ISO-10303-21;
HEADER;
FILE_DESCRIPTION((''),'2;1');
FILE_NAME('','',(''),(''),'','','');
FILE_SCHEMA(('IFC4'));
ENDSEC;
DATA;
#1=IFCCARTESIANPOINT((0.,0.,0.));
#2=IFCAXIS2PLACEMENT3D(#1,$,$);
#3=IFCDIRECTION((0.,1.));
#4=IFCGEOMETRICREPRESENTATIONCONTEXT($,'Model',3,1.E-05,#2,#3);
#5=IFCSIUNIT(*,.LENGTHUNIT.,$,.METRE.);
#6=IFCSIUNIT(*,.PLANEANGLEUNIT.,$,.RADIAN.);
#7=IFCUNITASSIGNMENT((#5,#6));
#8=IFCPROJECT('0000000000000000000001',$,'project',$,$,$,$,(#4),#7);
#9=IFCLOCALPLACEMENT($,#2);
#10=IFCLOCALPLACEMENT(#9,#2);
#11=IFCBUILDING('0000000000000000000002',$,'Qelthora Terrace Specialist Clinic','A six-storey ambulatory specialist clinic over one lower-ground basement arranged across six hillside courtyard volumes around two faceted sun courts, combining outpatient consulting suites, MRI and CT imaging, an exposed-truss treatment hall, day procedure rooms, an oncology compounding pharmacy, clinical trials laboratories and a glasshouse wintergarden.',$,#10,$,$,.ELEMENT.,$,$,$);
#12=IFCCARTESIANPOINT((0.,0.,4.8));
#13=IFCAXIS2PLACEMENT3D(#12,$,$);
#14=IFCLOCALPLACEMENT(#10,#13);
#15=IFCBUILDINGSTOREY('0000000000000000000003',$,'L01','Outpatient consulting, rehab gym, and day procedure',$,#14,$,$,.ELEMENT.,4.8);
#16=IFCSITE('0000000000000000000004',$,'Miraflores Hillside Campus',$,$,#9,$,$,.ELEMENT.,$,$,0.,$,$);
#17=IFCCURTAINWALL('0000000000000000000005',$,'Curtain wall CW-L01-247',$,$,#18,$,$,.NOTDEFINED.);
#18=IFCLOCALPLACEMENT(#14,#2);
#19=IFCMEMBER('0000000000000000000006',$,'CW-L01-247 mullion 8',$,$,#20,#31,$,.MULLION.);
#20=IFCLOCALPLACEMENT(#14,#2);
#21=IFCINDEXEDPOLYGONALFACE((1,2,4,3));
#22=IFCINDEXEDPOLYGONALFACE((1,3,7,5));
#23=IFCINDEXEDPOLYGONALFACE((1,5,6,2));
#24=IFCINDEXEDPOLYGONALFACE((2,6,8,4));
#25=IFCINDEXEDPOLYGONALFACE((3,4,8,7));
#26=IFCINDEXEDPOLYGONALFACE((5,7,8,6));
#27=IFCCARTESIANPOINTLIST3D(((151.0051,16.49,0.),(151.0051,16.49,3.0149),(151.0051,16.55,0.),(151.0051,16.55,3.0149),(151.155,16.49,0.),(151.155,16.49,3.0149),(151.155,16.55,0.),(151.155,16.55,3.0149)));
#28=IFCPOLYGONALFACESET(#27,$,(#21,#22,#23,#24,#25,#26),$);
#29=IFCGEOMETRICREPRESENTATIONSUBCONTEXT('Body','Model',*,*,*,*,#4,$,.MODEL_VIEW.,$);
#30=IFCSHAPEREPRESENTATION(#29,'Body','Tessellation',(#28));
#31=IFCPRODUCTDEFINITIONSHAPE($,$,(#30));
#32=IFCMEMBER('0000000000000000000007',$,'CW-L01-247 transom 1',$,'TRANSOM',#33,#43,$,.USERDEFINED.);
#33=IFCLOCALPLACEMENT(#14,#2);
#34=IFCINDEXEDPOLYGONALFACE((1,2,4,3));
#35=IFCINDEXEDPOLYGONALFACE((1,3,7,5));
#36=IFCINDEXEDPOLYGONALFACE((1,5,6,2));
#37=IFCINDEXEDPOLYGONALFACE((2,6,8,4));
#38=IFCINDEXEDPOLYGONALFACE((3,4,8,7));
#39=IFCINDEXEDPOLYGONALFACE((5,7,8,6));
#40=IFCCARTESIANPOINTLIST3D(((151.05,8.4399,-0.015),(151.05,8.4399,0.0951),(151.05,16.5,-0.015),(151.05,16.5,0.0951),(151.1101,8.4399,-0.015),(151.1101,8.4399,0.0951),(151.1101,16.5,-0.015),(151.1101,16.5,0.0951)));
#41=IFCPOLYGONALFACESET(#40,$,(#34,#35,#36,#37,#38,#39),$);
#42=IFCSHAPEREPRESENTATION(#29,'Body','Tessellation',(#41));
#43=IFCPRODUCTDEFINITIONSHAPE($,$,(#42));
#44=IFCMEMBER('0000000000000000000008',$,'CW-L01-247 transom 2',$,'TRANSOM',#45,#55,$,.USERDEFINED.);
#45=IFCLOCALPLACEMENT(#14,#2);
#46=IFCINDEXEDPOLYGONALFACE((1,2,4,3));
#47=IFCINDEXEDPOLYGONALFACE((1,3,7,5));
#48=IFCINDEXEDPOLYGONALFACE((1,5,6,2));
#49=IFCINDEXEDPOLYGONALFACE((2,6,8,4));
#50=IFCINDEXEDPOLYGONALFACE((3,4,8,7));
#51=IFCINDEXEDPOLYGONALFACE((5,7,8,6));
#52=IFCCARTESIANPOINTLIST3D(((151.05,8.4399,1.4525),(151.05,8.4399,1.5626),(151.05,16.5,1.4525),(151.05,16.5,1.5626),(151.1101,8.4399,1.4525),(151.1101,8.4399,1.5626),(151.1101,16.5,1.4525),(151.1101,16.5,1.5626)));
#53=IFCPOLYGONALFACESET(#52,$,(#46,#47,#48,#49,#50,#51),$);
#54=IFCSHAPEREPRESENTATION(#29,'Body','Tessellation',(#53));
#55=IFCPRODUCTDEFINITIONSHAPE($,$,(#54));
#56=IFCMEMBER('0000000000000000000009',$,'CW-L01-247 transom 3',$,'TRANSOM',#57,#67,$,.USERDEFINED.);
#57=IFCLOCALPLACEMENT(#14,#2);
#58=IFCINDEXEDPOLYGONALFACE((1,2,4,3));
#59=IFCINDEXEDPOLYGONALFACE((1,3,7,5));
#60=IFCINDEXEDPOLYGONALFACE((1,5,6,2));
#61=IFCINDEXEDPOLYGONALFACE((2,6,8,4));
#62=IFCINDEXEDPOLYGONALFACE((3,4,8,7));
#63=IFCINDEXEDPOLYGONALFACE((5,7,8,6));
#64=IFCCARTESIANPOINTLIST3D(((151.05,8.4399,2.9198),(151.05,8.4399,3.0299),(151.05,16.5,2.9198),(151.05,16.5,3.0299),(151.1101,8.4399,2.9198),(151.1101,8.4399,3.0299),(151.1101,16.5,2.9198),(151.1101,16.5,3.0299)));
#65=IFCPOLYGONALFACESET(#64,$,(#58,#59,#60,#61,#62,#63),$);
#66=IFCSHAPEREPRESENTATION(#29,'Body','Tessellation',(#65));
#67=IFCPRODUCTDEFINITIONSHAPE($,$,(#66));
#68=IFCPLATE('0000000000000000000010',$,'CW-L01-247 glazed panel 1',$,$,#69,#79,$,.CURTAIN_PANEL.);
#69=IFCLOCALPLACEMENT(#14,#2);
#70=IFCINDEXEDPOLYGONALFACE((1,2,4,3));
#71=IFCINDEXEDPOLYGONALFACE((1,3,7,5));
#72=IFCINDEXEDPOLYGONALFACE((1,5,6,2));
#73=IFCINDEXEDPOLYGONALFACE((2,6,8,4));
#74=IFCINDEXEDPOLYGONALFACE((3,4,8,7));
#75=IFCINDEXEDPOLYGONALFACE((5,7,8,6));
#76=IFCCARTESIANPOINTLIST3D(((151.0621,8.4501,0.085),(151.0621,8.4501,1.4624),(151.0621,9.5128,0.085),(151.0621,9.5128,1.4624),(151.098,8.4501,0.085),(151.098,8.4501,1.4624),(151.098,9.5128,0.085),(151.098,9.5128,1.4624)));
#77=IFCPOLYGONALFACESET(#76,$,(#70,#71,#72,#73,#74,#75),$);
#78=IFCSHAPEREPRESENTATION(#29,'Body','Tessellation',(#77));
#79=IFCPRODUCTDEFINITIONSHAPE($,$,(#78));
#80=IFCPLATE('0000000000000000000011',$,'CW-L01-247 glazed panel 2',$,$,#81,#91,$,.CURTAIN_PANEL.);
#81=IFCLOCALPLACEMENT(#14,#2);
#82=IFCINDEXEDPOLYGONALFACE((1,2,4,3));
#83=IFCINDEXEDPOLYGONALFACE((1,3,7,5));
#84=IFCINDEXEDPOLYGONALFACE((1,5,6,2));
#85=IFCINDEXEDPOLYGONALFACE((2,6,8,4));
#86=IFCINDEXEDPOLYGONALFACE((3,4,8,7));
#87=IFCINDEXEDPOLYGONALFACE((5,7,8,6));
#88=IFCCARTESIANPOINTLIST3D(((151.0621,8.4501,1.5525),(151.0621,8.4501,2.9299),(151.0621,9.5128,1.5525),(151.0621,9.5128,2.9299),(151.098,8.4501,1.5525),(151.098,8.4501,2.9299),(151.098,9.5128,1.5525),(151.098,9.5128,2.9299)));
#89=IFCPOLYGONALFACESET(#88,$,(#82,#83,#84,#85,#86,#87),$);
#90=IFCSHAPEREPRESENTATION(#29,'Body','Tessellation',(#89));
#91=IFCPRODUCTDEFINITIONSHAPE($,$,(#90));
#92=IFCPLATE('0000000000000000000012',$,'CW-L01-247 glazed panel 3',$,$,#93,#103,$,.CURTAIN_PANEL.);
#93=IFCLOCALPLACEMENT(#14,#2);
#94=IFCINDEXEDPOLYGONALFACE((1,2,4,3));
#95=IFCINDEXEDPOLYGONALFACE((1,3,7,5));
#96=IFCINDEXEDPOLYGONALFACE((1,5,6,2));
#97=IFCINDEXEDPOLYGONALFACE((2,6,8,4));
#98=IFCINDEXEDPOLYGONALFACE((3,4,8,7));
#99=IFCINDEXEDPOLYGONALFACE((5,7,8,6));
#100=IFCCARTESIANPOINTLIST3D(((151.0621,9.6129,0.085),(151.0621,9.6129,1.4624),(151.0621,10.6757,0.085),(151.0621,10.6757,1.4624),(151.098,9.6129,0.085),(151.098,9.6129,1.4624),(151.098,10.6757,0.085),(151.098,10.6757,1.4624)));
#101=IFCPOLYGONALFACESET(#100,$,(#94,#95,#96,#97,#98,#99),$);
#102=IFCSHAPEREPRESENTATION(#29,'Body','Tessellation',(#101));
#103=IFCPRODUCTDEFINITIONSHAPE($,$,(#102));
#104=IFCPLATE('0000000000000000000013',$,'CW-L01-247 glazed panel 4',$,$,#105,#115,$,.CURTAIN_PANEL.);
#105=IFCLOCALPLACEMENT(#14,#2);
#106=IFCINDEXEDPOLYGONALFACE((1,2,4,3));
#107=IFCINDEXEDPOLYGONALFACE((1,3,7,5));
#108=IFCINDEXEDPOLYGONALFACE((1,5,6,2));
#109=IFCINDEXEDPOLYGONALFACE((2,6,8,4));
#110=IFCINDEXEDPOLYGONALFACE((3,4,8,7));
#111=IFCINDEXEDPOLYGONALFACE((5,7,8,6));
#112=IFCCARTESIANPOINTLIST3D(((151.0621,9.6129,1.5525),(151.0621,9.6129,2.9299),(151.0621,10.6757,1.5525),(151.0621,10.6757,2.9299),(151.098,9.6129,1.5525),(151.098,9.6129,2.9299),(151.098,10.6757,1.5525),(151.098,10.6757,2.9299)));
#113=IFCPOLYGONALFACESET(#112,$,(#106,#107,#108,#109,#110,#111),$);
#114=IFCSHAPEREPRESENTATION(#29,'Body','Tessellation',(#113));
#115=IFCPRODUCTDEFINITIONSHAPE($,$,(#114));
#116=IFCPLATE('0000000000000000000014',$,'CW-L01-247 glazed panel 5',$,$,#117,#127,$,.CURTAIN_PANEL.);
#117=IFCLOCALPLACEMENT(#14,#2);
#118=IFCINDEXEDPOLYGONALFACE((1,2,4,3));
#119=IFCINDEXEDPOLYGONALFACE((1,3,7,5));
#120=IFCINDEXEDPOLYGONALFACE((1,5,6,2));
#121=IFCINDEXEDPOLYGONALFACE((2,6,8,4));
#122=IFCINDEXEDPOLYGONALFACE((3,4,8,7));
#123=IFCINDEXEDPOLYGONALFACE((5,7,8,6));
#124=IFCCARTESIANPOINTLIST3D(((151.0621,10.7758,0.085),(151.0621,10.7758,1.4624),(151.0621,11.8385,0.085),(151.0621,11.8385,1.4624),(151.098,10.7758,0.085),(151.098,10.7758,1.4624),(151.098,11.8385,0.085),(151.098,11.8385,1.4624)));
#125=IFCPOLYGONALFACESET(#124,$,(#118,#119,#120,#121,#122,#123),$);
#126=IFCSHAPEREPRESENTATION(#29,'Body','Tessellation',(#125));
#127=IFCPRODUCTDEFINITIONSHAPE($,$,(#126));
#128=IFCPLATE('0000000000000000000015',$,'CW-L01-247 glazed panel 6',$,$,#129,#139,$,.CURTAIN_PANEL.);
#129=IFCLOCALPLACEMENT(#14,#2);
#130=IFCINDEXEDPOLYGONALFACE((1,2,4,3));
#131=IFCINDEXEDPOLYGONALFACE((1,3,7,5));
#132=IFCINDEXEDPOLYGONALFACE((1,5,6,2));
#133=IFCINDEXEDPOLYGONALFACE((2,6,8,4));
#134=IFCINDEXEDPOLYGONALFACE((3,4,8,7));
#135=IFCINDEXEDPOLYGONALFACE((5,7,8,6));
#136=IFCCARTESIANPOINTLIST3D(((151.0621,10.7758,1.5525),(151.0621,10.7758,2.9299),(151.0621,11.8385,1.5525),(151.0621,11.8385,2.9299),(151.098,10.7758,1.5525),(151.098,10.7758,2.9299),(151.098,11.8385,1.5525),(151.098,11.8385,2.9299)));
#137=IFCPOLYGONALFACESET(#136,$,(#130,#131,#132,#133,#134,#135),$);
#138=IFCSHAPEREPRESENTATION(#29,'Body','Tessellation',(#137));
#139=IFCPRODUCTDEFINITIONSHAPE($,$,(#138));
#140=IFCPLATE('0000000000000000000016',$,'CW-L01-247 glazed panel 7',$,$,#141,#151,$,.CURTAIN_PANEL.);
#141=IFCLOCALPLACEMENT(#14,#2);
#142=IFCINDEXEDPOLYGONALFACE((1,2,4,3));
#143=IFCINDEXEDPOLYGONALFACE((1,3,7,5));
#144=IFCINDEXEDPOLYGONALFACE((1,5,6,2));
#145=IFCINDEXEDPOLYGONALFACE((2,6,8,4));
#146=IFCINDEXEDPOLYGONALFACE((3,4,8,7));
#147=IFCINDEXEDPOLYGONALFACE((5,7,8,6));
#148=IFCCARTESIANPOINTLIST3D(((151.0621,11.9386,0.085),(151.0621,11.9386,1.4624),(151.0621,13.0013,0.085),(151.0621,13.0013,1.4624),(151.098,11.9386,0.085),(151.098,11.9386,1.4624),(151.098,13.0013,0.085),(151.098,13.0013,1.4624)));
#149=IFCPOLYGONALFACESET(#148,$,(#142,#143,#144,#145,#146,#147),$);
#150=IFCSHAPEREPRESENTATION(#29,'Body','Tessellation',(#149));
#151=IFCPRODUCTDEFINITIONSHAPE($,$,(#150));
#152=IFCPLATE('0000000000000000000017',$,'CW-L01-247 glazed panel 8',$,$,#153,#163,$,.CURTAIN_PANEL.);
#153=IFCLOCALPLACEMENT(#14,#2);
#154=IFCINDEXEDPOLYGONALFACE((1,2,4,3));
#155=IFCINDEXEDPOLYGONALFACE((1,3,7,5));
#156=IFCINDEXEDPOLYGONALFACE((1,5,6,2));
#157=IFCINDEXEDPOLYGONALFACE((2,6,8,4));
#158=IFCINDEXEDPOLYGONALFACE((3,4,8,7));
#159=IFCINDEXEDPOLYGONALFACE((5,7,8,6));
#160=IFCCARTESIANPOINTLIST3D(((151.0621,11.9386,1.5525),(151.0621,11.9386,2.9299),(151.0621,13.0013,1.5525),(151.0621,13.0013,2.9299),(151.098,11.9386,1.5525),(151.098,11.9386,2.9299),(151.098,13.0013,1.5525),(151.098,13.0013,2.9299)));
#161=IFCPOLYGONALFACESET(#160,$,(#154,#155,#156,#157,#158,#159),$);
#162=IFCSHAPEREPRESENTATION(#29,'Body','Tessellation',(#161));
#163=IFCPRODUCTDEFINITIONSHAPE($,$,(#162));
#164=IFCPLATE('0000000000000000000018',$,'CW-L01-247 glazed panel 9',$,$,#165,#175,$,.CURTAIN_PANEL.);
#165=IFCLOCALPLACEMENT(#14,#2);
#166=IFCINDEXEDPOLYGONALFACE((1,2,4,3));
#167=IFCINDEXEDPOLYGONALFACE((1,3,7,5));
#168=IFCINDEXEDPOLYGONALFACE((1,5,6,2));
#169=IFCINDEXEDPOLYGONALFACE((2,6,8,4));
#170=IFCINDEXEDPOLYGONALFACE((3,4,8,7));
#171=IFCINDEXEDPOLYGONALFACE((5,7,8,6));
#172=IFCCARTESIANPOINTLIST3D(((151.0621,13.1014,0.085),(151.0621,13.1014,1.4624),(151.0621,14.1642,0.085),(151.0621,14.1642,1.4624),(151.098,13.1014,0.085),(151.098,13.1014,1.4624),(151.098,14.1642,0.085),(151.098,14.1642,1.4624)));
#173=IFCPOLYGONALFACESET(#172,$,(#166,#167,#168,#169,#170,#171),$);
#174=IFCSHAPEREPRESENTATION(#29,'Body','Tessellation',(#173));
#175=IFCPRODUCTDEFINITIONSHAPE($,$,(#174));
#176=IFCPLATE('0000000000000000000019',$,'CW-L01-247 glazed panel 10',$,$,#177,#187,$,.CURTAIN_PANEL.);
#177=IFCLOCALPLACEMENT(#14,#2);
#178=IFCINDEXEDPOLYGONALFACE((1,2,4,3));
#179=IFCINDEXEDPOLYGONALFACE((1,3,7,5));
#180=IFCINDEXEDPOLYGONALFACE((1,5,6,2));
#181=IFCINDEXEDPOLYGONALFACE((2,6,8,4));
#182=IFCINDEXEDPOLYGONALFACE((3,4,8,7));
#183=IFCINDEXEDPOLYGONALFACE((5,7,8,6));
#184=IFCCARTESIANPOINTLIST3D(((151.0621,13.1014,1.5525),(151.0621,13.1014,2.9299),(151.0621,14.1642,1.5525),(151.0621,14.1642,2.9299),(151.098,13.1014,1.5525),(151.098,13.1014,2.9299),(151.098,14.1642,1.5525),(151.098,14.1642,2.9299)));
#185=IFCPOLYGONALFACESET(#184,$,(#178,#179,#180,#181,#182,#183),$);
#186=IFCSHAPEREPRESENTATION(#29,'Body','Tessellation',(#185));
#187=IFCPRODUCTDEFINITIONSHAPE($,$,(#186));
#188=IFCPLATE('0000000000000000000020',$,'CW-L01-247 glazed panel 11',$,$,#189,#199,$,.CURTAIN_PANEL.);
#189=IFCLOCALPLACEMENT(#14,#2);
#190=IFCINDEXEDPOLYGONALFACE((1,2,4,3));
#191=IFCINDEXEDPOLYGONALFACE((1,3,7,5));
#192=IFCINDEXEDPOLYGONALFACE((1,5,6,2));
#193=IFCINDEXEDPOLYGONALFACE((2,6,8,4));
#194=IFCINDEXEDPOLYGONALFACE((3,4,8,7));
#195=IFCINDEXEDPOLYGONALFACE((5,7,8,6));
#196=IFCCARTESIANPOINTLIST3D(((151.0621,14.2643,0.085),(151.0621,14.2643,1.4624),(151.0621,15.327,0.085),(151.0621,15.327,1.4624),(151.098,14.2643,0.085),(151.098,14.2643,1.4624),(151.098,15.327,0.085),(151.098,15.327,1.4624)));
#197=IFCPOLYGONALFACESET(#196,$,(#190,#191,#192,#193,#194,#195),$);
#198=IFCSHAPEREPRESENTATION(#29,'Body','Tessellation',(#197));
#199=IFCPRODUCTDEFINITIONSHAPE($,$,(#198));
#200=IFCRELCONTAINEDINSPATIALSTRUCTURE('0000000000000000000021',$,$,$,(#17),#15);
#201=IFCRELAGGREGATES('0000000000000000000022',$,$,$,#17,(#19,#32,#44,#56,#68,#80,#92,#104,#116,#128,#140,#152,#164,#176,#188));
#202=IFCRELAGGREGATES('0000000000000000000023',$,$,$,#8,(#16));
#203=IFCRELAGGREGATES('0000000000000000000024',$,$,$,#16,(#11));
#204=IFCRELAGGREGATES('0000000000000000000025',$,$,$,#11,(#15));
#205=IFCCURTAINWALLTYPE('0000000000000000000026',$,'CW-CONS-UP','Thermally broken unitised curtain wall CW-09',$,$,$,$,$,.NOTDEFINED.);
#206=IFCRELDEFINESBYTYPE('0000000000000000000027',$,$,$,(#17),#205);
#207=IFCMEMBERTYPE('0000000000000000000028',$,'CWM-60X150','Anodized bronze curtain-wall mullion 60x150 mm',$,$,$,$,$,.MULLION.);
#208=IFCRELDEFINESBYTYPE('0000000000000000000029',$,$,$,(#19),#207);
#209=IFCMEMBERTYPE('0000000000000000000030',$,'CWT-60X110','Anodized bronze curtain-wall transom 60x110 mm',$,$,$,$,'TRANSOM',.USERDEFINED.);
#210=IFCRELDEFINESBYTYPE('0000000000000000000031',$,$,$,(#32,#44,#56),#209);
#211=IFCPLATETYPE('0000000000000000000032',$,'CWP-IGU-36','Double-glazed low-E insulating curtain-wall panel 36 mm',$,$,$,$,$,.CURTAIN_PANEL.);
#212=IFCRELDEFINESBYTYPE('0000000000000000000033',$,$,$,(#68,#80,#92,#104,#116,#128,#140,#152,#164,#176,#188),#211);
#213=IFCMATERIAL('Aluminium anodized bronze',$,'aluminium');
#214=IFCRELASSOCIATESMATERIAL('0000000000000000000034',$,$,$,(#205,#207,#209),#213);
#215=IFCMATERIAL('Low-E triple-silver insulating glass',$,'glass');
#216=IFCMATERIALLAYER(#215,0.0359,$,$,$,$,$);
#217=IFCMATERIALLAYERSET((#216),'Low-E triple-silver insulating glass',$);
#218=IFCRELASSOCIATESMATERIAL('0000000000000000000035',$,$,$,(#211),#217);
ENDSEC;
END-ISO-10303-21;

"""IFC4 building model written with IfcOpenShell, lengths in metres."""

from ifc_helpers import new_model, si_unit, direction, frame, origin, origin_2d, place, context, subcontext, project, spatial, rectangle, extrude, material, layer, layer_set, material_profile, profile_set, type_object, element, aggregate, save


model = new_model("IFC4")

# Units and contexts
model_context = context("Model", 3, precision=1e-05, world=origin(), true_north=direction((0.0, 1.0)))
body_context = subcontext(model_context, "Body", "Model", "MODEL_VIEW")
ifc_project = project(units=[si_unit("LENGTHUNIT", "METRE"), si_unit("PLANEANGLEUNIT", "RADIAN")], contexts=[model_context])

# Site, building, storey
site_placement = place(None, origin())
site = spatial("IfcSite", under=ifc_project, at=site_placement, Name="Miraflores Hillside Campus", CompositionType="ELEMENT", RefElevation=0.0)
building_placement = place(site_placement, origin())
building = spatial("IfcBuilding", under=site, at=building_placement, Name="Qelthora Terrace Specialist Clinic", Description="A six-storey ambulatory specialist clinic over one lower-ground basement arranged across six hillside courtyard volumes around two faceted sun courts, combining outpatient consulting suites, MRI and CT imaging, an exposed-truss treatment hall, day procedure rooms, an oncology compounding pharmacy, clinical trials laboratories and a glasshouse wintergarden.", CompositionType="ELEMENT")
storey_placement = place(building_placement, frame((0.0, 0.0, 4.8)))
storey = spatial("IfcBuildingStorey", under=building, at=storey_placement, Name="L01", Description="Outpatient consulting, rehab gym, and day procedure", CompositionType="ELEMENT", Elevation=4.8)

# Curtain wall, members, plates
ifc_material_1 = material(Name="Aluminium anodized bronze", Category="aluminium")
curtain_wall_type = type_object("IfcCurtainWallType", Name="CW-CONS-UP", Description="Thermally broken unitised curtain wall CW-09", PredefinedType="NOTDEFINED", material=ifc_material_1)
curtain_wall_placement = place(storey_placement, origin())
curtain_wall = element("IfcCurtainWall", 1, at=curtain_wall_placement, inside=storey, type_object=curtain_wall_type, Name="Curtain wall CW-L01-247", PredefinedType="NOTDEFINED")
ifc_material_profile_1 = material_profile(ifc_material_1, rectangle(XDim=0.0601, YDim=0.1499, at=origin_2d()), Name="CWM60X150")
ifc_profile_set_1 = profile_set([ifc_material_profile_1], Name="Aluminium anodized bronze")
member_type_1 = type_object("IfcMemberType", Name="CWM-60X150", Description="Anodized bronze curtain-wall mullion 60x150 mm", PredefinedType="MULLION", material=ifc_profile_set_1)
member_1_placement = place(storey_placement, frame((151.0801, 16.52, 0.0), z_axis=(0.0, 0.0, 1.0), x_axis=(0.0, 1.0, 0.0)))
member_1 = element("IfcMember", 2, at=member_1_placement, type_object=member_type_1, Name="CW-L01-247 mullion 8", PredefinedType="MULLION", context=body_context, shape_type="SweptSolid", body=[
    extrude(rectangle(XDim=0.0601, YDim=0.1499, at=origin_2d()), origin(), (0.0, 0.0, 1.0), 3.0149),
])
ifc_material_profile_2 = material_profile(ifc_material_1, rectangle(XDim=0.0601, YDim=0.1101, at=origin_2d()), Name="CWT60X110")
ifc_profile_set_2 = profile_set([ifc_material_profile_2], Name="Aluminium anodized bronze")
member_type_2 = type_object("IfcMemberType", Name="CWT-60X110", Description="Anodized bronze curtain-wall transom 60x110 mm", ElementType="TRANSOM", PredefinedType="USERDEFINED", material=ifc_profile_set_2)
member_2_placement = place(storey_placement, frame((151.0801, 8.4399, 0.04), z_axis=(0.0, 1.0, 0.0), x_axis=(-1.0, 0.0, 0.0)))
member_2 = element("IfcMember", 3, at=member_2_placement, type_object=member_type_2, Name="CW-L01-247 transom 1", ObjectType="TRANSOM", PredefinedType="USERDEFINED", context=body_context, shape_type="SweptSolid", body=[
    extrude(rectangle(XDim=0.0601, YDim=0.1101, at=origin_2d()), origin(), (0.0, 0.0, 1.0), 8.0601),
])
member_3_placement = place(storey_placement, frame((151.0801, 8.4399, 1.5076), z_axis=(0.0, 1.0, 0.0), x_axis=(-1.0, 0.0, 0.0)))
member_3 = element("IfcMember", 4, at=member_3_placement, type_object=member_type_2, Name="CW-L01-247 transom 2", ObjectType="TRANSOM", PredefinedType="USERDEFINED", context=body_context, shape_type="SweptSolid", body=[
    extrude(rectangle(XDim=0.0601, YDim=0.1101, at=origin_2d()), origin(), (0.0, 0.0, 1.0), 8.0601),
])
member_4_placement = place(storey_placement, frame((151.0801, 8.4399, 2.9749), z_axis=(0.0, 1.0, 0.0), x_axis=(-1.0, 0.0, 0.0)))
member_4 = element("IfcMember", 5, at=member_4_placement, type_object=member_type_2, Name="CW-L01-247 transom 3", ObjectType="TRANSOM", PredefinedType="USERDEFINED", context=body_context, shape_type="SweptSolid", body=[
    extrude(rectangle(XDim=0.0601, YDim=0.1101, at=origin_2d()), origin(), (0.0, 0.0, 1.0), 8.0601),
])
ifc_material_2 = material(Name="Low-E triple-silver insulating glass", Category="glass")
ifc_layer = layer(ifc_material_2, 0.0359)
ifc_layer_set = layer_set([ifc_layer], Name="Low-E triple-silver insulating glass")
plate_type = type_object("IfcPlateType", Name="CWP-IGU-36", Description="Double-glazed low-E insulating curtain-wall panel 36 mm", PredefinedType="CURTAIN_PANEL", material=ifc_layer_set)
plate_1_placement = place(storey_placement, frame((151.0801, 8.9814, 0.085), z_axis=(0.0, 0.0, 1.0), x_axis=(0.0, 1.0, 0.0)))
plate_1 = element("IfcPlate", 6, at=plate_1_placement, type_object=plate_type, Name="CW-L01-247 glazed panel 1", PredefinedType="CURTAIN_PANEL", context=body_context, shape_type="SweptSolid", body=[
    extrude(rectangle(XDim=1.0627, YDim=0.0359, at=origin_2d()), origin(), (0.0, 0.0, 1.0), 1.3774),
])
plate_2_placement = place(storey_placement, frame((151.0801, 8.9814, 1.5525), z_axis=(0.0, 0.0, 1.0), x_axis=(0.0, 1.0, 0.0)))
plate_2 = element("IfcPlate", 7, at=plate_2_placement, type_object=plate_type, Name="CW-L01-247 glazed panel 2", PredefinedType="CURTAIN_PANEL", context=body_context, shape_type="SweptSolid", body=[
    extrude(rectangle(XDim=1.0627, YDim=0.0359, at=origin_2d()), origin(), (0.0, 0.0, 1.0), 1.3774),
])
plate_3_placement = place(storey_placement, frame((151.0801, 10.1443, 0.085), z_axis=(0.0, 0.0, 1.0), x_axis=(0.0, 1.0, 0.0)))
plate_3 = element("IfcPlate", 8, at=plate_3_placement, type_object=plate_type, Name="CW-L01-247 glazed panel 3", PredefinedType="CURTAIN_PANEL", context=body_context, shape_type="SweptSolid", body=[
    extrude(rectangle(XDim=1.0627, YDim=0.0359, at=origin_2d()), origin(), (0.0, 0.0, 1.0), 1.3774),
])
plate_4_placement = place(storey_placement, frame((151.0801, 10.1443, 1.5525), z_axis=(0.0, 0.0, 1.0), x_axis=(0.0, 1.0, 0.0)))
plate_4 = element("IfcPlate", 9, at=plate_4_placement, type_object=plate_type, Name="CW-L01-247 glazed panel 4", PredefinedType="CURTAIN_PANEL", context=body_context, shape_type="SweptSolid", body=[
    extrude(rectangle(XDim=1.0627, YDim=0.0359, at=origin_2d()), origin(), (0.0, 0.0, 1.0), 1.3774),
])
plate_5_placement = place(storey_placement, frame((151.0801, 11.3071, 0.085), z_axis=(0.0, 0.0, 1.0), x_axis=(0.0, 1.0, 0.0)))
plate_5 = element("IfcPlate", 10, at=plate_5_placement, type_object=plate_type, Name="CW-L01-247 glazed panel 5", PredefinedType="CURTAIN_PANEL", context=body_context, shape_type="SweptSolid", body=[
    extrude(rectangle(XDim=1.0627, YDim=0.0359, at=origin_2d()), origin(), (0.0, 0.0, 1.0), 1.3774),
])
plate_6_placement = place(storey_placement, frame((151.0801, 11.3071, 1.5525), z_axis=(0.0, 0.0, 1.0), x_axis=(0.0, 1.0, 0.0)))
plate_6 = element("IfcPlate", 11, at=plate_6_placement, type_object=plate_type, Name="CW-L01-247 glazed panel 6", PredefinedType="CURTAIN_PANEL", context=body_context, shape_type="SweptSolid", body=[
    extrude(rectangle(XDim=1.0627, YDim=0.0359, at=origin_2d()), origin(), (0.0, 0.0, 1.0), 1.3774),
])
plate_7_placement = place(storey_placement, frame((151.0801, 12.47, 0.085), z_axis=(0.0, 0.0, 1.0), x_axis=(0.0, 1.0, 0.0)))
plate_7 = element("IfcPlate", 12, at=plate_7_placement, type_object=plate_type, Name="CW-L01-247 glazed panel 7", PredefinedType="CURTAIN_PANEL", context=body_context, shape_type="SweptSolid", body=[
    extrude(rectangle(XDim=1.0627, YDim=0.0359, at=origin_2d()), origin(), (0.0, 0.0, 1.0), 1.3774),
])
plate_8_placement = place(storey_placement, frame((151.0801, 12.47, 1.5525), z_axis=(0.0, 0.0, 1.0), x_axis=(0.0, 1.0, 0.0)))
plate_8 = element("IfcPlate", 13, at=plate_8_placement, type_object=plate_type, Name="CW-L01-247 glazed panel 8", PredefinedType="CURTAIN_PANEL", context=body_context, shape_type="SweptSolid", body=[
    extrude(rectangle(XDim=1.0627, YDim=0.0359, at=origin_2d()), origin(), (0.0, 0.0, 1.0), 1.3774),
])
plate_9_placement = place(storey_placement, frame((151.0801, 13.6328, 0.085), z_axis=(0.0, 0.0, 1.0), x_axis=(0.0, 1.0, 0.0)))
plate_9 = element("IfcPlate", 14, at=plate_9_placement, type_object=plate_type, Name="CW-L01-247 glazed panel 9", PredefinedType="CURTAIN_PANEL", context=body_context, shape_type="SweptSolid", body=[
    extrude(rectangle(XDim=1.0627, YDim=0.0359, at=origin_2d()), origin(), (0.0, 0.0, 1.0), 1.3774),
])
plate_10_placement = place(storey_placement, frame((151.0801, 13.6328, 1.5525), z_axis=(0.0, 0.0, 1.0), x_axis=(0.0, 1.0, 0.0)))
plate_10 = element("IfcPlate", 15, at=plate_10_placement, type_object=plate_type, Name="CW-L01-247 glazed panel 10", PredefinedType="CURTAIN_PANEL", context=body_context, shape_type="SweptSolid", body=[
    extrude(rectangle(XDim=1.0627, YDim=0.0359, at=origin_2d()), origin(), (0.0, 0.0, 1.0), 1.3774),
])
plate_11_placement = place(storey_placement, frame((151.0801, 14.7957, 0.085), z_axis=(0.0, 0.0, 1.0), x_axis=(0.0, 1.0, 0.0)))
plate_11 = element("IfcPlate", 16, at=plate_11_placement, type_object=plate_type, Name="CW-L01-247 glazed panel 11", PredefinedType="CURTAIN_PANEL", context=body_context, shape_type="SweptSolid", body=[
    extrude(rectangle(XDim=1.0627, YDim=0.0359, at=origin_2d()), origin(), (0.0, 0.0, 1.0), 1.3774),
])
aggregate(curtain_wall, [member_1, member_2, member_3, member_4, plate_1, plate_2, plate_3, plate_4, plate_5, plate_6, plate_7, plate_8, plate_9, plate_10, plate_11])

save(model, "model.ifc")
